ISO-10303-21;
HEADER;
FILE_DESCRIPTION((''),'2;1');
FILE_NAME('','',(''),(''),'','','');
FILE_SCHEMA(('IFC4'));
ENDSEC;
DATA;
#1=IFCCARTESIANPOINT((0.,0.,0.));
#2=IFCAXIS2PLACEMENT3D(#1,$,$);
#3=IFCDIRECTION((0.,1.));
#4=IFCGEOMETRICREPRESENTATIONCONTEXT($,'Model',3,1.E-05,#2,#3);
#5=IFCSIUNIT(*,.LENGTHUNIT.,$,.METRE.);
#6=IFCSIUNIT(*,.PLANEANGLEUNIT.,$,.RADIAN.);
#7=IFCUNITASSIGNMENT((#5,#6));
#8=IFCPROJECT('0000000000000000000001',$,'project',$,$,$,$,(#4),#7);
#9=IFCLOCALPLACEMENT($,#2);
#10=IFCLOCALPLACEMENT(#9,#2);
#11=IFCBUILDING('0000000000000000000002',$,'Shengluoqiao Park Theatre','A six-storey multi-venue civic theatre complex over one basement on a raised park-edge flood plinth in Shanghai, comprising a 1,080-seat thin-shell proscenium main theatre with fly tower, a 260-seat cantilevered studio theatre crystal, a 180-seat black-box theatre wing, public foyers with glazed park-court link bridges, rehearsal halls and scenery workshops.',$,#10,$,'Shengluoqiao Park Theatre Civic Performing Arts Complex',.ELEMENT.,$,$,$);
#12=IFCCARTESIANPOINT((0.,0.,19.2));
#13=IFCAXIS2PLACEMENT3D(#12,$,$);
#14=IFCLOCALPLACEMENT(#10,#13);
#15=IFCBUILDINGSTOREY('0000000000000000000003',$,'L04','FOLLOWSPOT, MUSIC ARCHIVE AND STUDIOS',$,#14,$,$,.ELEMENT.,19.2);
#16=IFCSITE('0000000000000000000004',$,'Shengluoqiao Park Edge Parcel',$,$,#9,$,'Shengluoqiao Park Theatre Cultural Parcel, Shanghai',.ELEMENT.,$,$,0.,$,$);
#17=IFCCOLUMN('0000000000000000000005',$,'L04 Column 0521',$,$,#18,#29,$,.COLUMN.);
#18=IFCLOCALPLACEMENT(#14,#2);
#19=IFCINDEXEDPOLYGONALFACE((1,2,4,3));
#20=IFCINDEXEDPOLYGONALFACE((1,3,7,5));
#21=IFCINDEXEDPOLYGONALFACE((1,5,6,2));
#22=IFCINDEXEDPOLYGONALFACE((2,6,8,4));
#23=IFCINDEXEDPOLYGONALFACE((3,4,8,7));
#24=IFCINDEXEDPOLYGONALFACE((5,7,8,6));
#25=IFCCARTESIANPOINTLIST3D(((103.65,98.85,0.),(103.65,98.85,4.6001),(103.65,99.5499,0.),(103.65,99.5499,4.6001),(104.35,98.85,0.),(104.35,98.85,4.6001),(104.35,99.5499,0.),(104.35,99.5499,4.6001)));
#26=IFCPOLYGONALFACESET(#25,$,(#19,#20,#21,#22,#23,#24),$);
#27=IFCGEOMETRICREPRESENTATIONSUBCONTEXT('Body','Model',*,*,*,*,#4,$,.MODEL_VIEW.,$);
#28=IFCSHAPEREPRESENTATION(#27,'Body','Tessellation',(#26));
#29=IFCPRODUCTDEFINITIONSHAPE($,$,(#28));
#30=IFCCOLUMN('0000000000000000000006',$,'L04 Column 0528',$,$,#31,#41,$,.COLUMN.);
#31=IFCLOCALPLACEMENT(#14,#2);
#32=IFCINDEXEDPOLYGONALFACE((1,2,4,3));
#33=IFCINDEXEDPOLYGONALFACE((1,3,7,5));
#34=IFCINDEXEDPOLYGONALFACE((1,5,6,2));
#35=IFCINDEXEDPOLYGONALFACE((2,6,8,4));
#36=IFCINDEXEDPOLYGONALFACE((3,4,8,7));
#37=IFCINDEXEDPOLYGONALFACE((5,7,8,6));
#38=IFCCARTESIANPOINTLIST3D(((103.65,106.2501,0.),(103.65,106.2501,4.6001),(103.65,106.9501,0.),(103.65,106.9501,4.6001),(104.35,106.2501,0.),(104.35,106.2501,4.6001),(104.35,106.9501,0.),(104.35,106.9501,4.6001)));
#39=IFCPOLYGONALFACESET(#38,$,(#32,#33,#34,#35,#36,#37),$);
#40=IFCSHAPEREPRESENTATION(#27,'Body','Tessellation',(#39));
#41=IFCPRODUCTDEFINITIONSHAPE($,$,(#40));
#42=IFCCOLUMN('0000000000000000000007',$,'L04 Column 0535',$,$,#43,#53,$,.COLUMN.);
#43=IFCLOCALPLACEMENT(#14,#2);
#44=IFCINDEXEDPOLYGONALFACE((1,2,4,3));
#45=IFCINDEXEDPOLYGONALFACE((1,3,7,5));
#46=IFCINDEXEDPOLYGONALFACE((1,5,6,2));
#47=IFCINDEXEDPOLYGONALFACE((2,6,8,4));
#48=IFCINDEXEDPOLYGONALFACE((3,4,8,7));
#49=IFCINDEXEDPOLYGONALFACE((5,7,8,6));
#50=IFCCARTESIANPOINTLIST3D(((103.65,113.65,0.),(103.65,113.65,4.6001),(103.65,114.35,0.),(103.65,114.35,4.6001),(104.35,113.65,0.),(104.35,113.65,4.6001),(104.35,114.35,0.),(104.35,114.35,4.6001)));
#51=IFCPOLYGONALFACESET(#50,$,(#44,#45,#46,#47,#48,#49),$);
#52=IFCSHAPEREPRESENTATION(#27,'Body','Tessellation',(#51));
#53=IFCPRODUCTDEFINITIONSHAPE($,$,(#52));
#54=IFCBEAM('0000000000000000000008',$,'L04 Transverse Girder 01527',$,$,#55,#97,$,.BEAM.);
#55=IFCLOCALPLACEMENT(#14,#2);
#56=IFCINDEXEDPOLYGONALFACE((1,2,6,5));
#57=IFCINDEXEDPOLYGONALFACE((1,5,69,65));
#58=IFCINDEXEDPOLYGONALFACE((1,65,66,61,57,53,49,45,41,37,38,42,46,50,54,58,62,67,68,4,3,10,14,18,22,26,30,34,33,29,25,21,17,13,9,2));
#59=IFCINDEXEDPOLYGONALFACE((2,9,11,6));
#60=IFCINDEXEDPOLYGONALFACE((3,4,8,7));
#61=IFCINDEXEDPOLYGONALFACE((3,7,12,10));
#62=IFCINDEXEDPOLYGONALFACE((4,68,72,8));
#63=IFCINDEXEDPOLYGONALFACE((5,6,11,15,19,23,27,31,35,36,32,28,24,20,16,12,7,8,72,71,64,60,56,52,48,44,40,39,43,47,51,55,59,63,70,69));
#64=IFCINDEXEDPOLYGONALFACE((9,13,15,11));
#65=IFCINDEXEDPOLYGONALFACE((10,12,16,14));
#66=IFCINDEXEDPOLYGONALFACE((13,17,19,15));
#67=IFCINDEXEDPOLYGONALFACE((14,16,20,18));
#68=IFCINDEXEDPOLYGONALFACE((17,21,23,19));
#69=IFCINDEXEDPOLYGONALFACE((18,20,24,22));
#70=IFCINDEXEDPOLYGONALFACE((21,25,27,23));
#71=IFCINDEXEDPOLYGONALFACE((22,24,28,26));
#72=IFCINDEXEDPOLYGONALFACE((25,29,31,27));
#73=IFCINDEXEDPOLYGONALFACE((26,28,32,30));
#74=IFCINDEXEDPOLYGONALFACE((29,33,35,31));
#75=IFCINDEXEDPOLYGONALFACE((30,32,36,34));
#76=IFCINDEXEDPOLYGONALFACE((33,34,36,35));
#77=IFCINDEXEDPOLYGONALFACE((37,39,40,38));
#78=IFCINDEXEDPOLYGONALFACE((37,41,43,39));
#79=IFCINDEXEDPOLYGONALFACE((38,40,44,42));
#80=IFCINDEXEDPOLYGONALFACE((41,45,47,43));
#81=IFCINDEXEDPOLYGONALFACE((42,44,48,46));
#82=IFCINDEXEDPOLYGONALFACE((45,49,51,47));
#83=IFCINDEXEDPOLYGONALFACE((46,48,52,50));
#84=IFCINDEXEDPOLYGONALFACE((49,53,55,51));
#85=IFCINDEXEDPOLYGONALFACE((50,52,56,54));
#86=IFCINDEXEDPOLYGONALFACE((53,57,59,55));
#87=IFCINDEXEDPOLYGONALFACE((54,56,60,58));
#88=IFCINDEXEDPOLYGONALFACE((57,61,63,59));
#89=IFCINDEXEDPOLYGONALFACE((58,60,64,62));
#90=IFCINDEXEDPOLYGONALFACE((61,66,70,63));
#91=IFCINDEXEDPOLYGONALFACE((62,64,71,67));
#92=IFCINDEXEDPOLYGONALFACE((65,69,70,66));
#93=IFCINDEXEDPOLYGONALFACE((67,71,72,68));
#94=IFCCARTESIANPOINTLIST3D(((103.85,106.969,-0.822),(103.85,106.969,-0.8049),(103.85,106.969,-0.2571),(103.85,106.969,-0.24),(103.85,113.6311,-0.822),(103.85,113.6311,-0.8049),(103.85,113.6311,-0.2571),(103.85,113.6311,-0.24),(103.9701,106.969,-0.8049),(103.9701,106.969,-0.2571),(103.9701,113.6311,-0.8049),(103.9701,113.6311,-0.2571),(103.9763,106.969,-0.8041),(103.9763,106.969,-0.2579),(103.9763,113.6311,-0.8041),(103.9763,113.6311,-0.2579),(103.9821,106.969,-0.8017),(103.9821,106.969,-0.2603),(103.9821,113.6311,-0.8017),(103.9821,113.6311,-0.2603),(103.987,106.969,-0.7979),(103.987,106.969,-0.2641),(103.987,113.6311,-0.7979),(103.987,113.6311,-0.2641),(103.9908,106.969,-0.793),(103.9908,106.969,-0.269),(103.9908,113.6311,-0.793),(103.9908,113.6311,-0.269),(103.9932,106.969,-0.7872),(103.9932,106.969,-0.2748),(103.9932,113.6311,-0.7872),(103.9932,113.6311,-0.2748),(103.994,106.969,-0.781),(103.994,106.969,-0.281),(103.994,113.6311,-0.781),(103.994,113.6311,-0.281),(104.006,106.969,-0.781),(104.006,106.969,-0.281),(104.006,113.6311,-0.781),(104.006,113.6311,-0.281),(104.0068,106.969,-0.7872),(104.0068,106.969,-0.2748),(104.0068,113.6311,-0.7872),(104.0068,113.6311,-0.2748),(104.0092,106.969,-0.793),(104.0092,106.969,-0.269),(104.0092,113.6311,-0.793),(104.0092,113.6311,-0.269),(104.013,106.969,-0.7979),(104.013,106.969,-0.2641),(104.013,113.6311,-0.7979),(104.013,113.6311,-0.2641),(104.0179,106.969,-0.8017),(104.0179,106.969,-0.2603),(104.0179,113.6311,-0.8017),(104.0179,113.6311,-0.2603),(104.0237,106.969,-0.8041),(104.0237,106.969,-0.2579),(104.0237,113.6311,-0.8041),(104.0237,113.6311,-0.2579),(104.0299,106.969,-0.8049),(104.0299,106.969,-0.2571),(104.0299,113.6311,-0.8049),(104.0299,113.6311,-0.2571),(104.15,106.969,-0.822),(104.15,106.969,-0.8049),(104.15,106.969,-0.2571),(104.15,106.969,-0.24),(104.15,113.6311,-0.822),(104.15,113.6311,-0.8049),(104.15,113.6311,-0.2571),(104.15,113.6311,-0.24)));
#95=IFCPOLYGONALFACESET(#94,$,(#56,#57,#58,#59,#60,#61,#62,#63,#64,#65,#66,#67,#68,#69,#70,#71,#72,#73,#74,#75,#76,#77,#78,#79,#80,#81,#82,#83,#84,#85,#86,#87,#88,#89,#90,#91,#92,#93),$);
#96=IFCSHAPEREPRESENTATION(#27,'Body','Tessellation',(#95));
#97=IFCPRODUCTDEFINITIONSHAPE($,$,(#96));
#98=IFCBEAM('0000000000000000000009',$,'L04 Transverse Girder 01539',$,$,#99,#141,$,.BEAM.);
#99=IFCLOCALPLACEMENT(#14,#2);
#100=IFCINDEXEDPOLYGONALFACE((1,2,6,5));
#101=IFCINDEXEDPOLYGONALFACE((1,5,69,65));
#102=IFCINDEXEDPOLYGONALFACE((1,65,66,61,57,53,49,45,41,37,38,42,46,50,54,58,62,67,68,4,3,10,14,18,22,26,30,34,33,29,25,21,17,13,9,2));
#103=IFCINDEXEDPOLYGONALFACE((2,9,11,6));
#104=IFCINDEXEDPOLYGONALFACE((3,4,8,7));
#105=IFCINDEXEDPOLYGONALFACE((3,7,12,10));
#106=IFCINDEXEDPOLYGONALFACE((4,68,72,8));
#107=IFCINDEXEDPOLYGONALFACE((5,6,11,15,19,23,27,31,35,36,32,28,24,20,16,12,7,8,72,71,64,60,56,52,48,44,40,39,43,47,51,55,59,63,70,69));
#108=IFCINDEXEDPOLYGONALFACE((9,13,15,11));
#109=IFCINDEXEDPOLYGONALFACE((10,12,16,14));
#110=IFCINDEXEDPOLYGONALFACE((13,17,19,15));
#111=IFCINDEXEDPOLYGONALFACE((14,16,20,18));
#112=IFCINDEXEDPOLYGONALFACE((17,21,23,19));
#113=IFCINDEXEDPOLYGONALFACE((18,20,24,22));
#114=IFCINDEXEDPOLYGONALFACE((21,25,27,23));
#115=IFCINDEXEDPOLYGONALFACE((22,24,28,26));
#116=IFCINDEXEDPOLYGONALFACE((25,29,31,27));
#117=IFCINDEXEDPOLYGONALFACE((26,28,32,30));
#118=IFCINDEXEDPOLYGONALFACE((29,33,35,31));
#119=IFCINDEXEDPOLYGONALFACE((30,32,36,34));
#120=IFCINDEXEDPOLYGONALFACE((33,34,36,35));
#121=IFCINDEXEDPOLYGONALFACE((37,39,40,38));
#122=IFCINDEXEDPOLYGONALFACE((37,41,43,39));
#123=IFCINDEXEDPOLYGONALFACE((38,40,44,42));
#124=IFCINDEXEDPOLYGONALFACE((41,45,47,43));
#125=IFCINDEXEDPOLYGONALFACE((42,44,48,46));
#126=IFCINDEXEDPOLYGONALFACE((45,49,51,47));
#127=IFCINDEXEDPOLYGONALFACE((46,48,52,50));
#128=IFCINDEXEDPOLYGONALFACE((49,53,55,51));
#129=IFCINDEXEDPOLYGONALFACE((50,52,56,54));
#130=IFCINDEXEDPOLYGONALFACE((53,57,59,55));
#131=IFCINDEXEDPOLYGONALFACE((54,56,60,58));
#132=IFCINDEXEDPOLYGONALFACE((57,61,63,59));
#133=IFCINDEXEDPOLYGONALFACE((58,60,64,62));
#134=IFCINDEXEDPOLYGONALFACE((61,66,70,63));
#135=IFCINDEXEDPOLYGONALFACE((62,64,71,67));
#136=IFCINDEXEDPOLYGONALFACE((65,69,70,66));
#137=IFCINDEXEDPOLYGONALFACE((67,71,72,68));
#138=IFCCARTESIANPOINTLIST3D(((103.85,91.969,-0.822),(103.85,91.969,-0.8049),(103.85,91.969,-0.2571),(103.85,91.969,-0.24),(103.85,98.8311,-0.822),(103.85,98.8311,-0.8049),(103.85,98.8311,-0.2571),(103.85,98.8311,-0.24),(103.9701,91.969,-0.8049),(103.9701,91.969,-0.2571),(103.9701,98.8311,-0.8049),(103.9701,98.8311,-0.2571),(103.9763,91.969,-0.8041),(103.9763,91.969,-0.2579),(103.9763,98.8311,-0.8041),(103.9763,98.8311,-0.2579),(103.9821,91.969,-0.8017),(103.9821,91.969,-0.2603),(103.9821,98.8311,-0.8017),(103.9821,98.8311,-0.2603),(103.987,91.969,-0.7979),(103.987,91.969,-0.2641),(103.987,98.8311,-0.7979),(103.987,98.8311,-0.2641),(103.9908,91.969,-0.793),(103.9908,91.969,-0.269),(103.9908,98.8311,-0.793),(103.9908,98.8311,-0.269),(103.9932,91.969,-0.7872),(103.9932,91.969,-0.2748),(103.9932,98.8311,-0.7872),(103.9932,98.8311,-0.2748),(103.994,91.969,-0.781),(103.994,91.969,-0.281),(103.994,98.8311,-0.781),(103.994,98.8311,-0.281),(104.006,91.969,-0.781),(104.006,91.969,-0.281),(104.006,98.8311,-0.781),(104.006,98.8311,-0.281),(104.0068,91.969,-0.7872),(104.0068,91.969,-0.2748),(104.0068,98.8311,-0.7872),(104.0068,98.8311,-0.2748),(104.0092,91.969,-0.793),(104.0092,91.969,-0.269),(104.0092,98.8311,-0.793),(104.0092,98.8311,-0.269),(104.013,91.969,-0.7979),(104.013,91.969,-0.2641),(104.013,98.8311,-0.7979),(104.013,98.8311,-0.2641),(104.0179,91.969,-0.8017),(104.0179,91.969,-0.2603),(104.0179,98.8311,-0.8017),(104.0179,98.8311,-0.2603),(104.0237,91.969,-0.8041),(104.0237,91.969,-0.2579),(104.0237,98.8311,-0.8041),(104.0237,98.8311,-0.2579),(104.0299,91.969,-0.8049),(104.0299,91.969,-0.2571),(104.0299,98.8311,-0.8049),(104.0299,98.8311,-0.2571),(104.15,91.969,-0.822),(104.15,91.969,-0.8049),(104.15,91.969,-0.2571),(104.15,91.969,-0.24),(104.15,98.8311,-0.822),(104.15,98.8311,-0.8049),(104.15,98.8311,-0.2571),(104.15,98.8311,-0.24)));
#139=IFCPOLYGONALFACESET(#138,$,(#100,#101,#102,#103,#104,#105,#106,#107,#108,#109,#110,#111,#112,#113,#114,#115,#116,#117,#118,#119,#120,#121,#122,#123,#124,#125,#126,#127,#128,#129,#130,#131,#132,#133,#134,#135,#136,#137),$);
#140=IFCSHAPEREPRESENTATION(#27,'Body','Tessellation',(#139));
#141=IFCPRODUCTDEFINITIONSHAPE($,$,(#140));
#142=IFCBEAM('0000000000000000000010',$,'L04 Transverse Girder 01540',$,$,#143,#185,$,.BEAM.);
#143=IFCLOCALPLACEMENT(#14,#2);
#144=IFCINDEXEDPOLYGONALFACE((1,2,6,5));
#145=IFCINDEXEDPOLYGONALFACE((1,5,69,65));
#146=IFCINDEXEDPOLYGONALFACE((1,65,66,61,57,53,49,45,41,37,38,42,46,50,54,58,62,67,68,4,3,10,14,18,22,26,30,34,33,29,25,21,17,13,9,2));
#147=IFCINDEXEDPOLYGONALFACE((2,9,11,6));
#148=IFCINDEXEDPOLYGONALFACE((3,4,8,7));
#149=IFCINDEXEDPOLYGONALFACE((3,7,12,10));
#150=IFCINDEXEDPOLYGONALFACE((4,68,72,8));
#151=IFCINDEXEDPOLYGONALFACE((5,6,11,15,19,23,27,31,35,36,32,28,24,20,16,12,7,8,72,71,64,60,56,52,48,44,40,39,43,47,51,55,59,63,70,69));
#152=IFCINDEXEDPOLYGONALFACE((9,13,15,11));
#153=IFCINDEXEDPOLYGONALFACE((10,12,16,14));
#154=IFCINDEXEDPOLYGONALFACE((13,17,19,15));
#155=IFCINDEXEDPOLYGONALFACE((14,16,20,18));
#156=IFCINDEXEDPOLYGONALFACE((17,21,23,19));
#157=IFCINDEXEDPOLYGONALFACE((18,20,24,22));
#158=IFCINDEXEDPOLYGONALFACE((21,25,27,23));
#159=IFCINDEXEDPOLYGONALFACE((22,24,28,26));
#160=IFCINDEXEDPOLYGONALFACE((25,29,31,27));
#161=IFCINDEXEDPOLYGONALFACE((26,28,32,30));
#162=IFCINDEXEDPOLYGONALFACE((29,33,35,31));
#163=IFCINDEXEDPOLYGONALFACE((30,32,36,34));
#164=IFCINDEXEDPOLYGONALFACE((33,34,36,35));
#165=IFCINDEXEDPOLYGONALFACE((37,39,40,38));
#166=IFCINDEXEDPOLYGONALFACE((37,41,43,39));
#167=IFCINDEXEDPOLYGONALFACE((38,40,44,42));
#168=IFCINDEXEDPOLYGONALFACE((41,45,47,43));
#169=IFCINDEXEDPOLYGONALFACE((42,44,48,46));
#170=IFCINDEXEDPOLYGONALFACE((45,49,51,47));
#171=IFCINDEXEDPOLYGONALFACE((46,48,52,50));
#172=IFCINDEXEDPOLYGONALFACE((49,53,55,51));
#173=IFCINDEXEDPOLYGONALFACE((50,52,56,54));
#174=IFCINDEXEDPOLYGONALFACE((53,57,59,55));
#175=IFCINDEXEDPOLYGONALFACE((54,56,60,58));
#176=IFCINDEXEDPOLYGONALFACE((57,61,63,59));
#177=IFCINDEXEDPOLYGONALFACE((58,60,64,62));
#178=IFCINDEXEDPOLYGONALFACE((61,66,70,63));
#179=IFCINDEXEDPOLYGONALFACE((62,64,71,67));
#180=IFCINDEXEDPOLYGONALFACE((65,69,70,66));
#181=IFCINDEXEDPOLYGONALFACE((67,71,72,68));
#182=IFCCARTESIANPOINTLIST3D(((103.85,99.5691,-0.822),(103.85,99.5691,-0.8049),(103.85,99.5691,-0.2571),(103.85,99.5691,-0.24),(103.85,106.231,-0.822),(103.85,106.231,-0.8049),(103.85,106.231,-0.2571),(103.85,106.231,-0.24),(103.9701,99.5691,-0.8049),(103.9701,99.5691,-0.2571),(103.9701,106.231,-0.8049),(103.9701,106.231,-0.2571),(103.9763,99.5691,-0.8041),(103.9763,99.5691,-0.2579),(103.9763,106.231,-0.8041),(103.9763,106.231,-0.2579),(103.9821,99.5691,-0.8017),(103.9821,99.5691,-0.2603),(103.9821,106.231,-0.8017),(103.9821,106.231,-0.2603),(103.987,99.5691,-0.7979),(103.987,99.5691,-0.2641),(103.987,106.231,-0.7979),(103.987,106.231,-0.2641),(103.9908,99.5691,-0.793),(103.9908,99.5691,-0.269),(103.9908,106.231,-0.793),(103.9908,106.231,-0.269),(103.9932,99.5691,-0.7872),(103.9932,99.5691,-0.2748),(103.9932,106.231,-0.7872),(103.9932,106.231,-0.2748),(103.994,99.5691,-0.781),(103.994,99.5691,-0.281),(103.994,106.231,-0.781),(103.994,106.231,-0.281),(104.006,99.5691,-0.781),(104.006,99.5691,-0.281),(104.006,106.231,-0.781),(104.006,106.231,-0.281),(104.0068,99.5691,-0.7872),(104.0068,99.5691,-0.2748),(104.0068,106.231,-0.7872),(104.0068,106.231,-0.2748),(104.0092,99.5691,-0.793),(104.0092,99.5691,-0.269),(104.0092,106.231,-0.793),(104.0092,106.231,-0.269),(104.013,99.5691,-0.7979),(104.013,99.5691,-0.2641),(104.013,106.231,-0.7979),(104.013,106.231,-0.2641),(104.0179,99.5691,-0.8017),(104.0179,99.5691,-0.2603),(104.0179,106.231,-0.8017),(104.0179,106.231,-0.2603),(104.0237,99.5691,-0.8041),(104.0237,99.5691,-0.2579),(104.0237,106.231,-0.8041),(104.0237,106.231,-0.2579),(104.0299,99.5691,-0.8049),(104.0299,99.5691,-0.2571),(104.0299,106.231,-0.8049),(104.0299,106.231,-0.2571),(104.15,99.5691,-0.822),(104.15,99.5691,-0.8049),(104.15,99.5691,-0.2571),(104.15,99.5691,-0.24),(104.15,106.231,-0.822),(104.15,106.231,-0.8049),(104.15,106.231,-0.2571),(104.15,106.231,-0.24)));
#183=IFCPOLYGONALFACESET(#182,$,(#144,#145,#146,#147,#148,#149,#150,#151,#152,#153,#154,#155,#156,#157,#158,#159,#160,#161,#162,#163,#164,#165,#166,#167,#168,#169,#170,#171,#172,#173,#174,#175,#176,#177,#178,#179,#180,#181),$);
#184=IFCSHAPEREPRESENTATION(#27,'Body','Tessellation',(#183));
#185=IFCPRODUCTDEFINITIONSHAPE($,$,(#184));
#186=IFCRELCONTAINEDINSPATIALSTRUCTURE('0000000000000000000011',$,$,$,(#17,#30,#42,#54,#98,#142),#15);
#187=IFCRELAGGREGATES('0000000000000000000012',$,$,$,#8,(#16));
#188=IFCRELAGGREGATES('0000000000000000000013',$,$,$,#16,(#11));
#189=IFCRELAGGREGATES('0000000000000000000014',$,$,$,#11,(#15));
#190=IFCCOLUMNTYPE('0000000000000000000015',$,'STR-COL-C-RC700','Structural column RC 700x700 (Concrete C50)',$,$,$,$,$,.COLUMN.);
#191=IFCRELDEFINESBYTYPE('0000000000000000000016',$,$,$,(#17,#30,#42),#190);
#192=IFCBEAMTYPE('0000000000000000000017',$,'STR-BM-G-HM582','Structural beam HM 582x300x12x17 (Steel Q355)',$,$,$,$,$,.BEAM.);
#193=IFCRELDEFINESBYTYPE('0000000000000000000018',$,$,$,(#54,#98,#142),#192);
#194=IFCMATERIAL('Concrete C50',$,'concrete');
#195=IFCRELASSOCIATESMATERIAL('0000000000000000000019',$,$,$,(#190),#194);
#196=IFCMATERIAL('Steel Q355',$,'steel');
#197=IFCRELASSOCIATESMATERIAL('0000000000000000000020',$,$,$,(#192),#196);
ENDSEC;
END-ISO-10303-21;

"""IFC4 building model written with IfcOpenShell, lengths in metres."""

from ifc_helpers import new_model, si_unit, direction, frame, origin, origin_2d, place, context, subcontext, project, spatial, rectangle, i_section, extrude, material, material_profile, profile_set, type_object, element, save


model = new_model("IFC4")

# Units and contexts
model_context = context("Model", 3, precision=1e-05, world=origin(), true_north=direction((0.0, 1.0)))
body_context = subcontext(model_context, "Body", "Model", "MODEL_VIEW")
ifc_project = project(units=[si_unit("LENGTHUNIT", "METRE"), si_unit("PLANEANGLEUNIT", "RADIAN")], contexts=[model_context])

# Site, building, storey
site_placement = place(None, origin())
site = spatial("IfcSite", under=ifc_project, at=site_placement, Name="Shengluoqiao Park Edge Parcel", LongName="Shengluoqiao Park Theatre Cultural Parcel, Shanghai", CompositionType="ELEMENT", RefElevation=0.0)
building_placement = place(site_placement, origin())
building = spatial("IfcBuilding", under=site, at=building_placement, Name="Shengluoqiao Park Theatre", Description="A six-storey multi-venue civic theatre complex over one basement on a raised park-edge flood plinth in Shanghai, comprising a 1,080-seat thin-shell proscenium main theatre with fly tower, a 260-seat cantilevered studio theatre crystal, a 180-seat black-box theatre wing, public foyers with glazed park-court link bridges, rehearsal halls and scenery workshops.", LongName="Shengluoqiao Park Theatre Civic Performing Arts Complex", CompositionType="ELEMENT")
storey_placement = place(building_placement, frame((0.0, 0.0, 19.2)))
storey = spatial("IfcBuildingStorey", under=building, at=storey_placement, Name="L04", Description="FOLLOWSPOT, MUSIC ARCHIVE AND STUDIOS", CompositionType="ELEMENT", Elevation=19.2)

# Columns
ifc_material_1 = material(Name="Concrete C50", Category="concrete")
ifc_material_profile_1 = material_profile(ifc_material_1, rectangle(XDim=0.7, YDim=0.7, at=origin_2d()), Name="RC 700x700")
ifc_profile_set_1 = profile_set([ifc_material_profile_1], Name="Concrete C50")
column_type = type_object("IfcColumnType", Name="STR-COL-C-RC700", Description="Structural column RC 700x700 (Concrete C50)", PredefinedType="COLUMN", material=ifc_profile_set_1)
for number, where, z_axis, x_axis, name in (
    (1, (104.0, 99.2, 0.0), (0.0, 0.0, 1.0), (1.0, 0.0, 0.0), "L04 Column 0521"),
    (2, (104.0, 106.6001, 0.0), (0.0, 0.0, 1.0), (1.0, 0.0, 0.0), "L04 Column 0528"),
    (3, (104.0, 114.0, 0.0), (0.0, 0.0, 1.0), (1.0, 0.0, 0.0), "L04 Column 0535"),
):
    element("IfcColumn", number, at=place(storey_placement, frame(where, z_axis=z_axis, x_axis=x_axis)), inside=storey, type_object=column_type, Name=name, PredefinedType="COLUMN", context=body_context, shape_type="SweptSolid", body=[
        extrude(rectangle(XDim=0.7, YDim=0.7, at=origin_2d()), origin(), (0.0, 0.0, 1.0), 4.6001),
    ])

# Beams
ifc_material_2 = material(Name="Steel Q355", Category="steel")
ifc_material_profile_2 = material_profile(ifc_material_2, i_section(OverallWidth=0.3, OverallDepth=0.582, WebThickness=0.012, FlangeThickness=0.0171, FilletRadius=0.0239, at=origin_2d()), Name="HM 582x300x12x17")
ifc_profile_set_2 = profile_set([ifc_material_profile_2], Name="Steel Q355")
beam_type_1 = type_object("IfcBeamType", Name="STR-BM-G-HM582", Description="Structural beam HM 582x300x12x17 (Steel Q355)", PredefinedType="BEAM", material=ifc_profile_set_2)
beam_1_placement = place(storey_placement, frame((104.0, 106.969, -0.531), z_axis=(0.0, 1.0, 0.0), x_axis=(-1.0, 0.0, 0.0)))
element("IfcBeam", 4, at=beam_1_placement, inside=storey, type_object=beam_type_1, Name="L04 Transverse Girder 01527", PredefinedType="BEAM", context=body_context, shape_type="SweptSolid", body=[
    extrude(i_section(OverallWidth=0.3, OverallDepth=0.582, WebThickness=0.012, FlangeThickness=0.0171, FilletRadius=0.0239, at=origin_2d()), origin(), (0.0, 0.0, 1.0), 6.6621),
])
beam_2_placement = place(storey_placement, frame((104.0, 91.969, -0.531), z_axis=(0.0, 1.0, 0.0), x_axis=(-1.0, 0.0, 0.0)))
element("IfcBeam", 5, at=beam_2_placement, inside=storey, type_object=beam_type_1, Name="L04 Transverse Girder 01539", PredefinedType="BEAM", context=body_context, shape_type="SweptSolid", body=[
    extrude(i_section(OverallWidth=0.3, OverallDepth=0.582, WebThickness=0.012, FlangeThickness=0.0171, FilletRadius=0.0239, at=origin_2d()), origin(), (0.0, 0.0, 1.0), 6.8621),
])
beam_3_placement = place(storey_placement, frame((104.0, 99.5691, -0.531), z_axis=(0.0, 1.0, 0.0), x_axis=(-1.0, 0.0, 0.0)))
element("IfcBeam", 6, at=beam_3_placement, inside=storey, type_object=beam_type_1, Name="L04 Transverse Girder 01540", PredefinedType="BEAM", context=body_context, shape_type="SweptSolid", body=[
    extrude(i_section(OverallWidth=0.3, OverallDepth=0.582, WebThickness=0.012, FlangeThickness=0.0171, FilletRadius=0.0239, at=origin_2d()), origin(), (0.0, 0.0, 1.0), 6.6619),
])

save(model, "model.ifc")
